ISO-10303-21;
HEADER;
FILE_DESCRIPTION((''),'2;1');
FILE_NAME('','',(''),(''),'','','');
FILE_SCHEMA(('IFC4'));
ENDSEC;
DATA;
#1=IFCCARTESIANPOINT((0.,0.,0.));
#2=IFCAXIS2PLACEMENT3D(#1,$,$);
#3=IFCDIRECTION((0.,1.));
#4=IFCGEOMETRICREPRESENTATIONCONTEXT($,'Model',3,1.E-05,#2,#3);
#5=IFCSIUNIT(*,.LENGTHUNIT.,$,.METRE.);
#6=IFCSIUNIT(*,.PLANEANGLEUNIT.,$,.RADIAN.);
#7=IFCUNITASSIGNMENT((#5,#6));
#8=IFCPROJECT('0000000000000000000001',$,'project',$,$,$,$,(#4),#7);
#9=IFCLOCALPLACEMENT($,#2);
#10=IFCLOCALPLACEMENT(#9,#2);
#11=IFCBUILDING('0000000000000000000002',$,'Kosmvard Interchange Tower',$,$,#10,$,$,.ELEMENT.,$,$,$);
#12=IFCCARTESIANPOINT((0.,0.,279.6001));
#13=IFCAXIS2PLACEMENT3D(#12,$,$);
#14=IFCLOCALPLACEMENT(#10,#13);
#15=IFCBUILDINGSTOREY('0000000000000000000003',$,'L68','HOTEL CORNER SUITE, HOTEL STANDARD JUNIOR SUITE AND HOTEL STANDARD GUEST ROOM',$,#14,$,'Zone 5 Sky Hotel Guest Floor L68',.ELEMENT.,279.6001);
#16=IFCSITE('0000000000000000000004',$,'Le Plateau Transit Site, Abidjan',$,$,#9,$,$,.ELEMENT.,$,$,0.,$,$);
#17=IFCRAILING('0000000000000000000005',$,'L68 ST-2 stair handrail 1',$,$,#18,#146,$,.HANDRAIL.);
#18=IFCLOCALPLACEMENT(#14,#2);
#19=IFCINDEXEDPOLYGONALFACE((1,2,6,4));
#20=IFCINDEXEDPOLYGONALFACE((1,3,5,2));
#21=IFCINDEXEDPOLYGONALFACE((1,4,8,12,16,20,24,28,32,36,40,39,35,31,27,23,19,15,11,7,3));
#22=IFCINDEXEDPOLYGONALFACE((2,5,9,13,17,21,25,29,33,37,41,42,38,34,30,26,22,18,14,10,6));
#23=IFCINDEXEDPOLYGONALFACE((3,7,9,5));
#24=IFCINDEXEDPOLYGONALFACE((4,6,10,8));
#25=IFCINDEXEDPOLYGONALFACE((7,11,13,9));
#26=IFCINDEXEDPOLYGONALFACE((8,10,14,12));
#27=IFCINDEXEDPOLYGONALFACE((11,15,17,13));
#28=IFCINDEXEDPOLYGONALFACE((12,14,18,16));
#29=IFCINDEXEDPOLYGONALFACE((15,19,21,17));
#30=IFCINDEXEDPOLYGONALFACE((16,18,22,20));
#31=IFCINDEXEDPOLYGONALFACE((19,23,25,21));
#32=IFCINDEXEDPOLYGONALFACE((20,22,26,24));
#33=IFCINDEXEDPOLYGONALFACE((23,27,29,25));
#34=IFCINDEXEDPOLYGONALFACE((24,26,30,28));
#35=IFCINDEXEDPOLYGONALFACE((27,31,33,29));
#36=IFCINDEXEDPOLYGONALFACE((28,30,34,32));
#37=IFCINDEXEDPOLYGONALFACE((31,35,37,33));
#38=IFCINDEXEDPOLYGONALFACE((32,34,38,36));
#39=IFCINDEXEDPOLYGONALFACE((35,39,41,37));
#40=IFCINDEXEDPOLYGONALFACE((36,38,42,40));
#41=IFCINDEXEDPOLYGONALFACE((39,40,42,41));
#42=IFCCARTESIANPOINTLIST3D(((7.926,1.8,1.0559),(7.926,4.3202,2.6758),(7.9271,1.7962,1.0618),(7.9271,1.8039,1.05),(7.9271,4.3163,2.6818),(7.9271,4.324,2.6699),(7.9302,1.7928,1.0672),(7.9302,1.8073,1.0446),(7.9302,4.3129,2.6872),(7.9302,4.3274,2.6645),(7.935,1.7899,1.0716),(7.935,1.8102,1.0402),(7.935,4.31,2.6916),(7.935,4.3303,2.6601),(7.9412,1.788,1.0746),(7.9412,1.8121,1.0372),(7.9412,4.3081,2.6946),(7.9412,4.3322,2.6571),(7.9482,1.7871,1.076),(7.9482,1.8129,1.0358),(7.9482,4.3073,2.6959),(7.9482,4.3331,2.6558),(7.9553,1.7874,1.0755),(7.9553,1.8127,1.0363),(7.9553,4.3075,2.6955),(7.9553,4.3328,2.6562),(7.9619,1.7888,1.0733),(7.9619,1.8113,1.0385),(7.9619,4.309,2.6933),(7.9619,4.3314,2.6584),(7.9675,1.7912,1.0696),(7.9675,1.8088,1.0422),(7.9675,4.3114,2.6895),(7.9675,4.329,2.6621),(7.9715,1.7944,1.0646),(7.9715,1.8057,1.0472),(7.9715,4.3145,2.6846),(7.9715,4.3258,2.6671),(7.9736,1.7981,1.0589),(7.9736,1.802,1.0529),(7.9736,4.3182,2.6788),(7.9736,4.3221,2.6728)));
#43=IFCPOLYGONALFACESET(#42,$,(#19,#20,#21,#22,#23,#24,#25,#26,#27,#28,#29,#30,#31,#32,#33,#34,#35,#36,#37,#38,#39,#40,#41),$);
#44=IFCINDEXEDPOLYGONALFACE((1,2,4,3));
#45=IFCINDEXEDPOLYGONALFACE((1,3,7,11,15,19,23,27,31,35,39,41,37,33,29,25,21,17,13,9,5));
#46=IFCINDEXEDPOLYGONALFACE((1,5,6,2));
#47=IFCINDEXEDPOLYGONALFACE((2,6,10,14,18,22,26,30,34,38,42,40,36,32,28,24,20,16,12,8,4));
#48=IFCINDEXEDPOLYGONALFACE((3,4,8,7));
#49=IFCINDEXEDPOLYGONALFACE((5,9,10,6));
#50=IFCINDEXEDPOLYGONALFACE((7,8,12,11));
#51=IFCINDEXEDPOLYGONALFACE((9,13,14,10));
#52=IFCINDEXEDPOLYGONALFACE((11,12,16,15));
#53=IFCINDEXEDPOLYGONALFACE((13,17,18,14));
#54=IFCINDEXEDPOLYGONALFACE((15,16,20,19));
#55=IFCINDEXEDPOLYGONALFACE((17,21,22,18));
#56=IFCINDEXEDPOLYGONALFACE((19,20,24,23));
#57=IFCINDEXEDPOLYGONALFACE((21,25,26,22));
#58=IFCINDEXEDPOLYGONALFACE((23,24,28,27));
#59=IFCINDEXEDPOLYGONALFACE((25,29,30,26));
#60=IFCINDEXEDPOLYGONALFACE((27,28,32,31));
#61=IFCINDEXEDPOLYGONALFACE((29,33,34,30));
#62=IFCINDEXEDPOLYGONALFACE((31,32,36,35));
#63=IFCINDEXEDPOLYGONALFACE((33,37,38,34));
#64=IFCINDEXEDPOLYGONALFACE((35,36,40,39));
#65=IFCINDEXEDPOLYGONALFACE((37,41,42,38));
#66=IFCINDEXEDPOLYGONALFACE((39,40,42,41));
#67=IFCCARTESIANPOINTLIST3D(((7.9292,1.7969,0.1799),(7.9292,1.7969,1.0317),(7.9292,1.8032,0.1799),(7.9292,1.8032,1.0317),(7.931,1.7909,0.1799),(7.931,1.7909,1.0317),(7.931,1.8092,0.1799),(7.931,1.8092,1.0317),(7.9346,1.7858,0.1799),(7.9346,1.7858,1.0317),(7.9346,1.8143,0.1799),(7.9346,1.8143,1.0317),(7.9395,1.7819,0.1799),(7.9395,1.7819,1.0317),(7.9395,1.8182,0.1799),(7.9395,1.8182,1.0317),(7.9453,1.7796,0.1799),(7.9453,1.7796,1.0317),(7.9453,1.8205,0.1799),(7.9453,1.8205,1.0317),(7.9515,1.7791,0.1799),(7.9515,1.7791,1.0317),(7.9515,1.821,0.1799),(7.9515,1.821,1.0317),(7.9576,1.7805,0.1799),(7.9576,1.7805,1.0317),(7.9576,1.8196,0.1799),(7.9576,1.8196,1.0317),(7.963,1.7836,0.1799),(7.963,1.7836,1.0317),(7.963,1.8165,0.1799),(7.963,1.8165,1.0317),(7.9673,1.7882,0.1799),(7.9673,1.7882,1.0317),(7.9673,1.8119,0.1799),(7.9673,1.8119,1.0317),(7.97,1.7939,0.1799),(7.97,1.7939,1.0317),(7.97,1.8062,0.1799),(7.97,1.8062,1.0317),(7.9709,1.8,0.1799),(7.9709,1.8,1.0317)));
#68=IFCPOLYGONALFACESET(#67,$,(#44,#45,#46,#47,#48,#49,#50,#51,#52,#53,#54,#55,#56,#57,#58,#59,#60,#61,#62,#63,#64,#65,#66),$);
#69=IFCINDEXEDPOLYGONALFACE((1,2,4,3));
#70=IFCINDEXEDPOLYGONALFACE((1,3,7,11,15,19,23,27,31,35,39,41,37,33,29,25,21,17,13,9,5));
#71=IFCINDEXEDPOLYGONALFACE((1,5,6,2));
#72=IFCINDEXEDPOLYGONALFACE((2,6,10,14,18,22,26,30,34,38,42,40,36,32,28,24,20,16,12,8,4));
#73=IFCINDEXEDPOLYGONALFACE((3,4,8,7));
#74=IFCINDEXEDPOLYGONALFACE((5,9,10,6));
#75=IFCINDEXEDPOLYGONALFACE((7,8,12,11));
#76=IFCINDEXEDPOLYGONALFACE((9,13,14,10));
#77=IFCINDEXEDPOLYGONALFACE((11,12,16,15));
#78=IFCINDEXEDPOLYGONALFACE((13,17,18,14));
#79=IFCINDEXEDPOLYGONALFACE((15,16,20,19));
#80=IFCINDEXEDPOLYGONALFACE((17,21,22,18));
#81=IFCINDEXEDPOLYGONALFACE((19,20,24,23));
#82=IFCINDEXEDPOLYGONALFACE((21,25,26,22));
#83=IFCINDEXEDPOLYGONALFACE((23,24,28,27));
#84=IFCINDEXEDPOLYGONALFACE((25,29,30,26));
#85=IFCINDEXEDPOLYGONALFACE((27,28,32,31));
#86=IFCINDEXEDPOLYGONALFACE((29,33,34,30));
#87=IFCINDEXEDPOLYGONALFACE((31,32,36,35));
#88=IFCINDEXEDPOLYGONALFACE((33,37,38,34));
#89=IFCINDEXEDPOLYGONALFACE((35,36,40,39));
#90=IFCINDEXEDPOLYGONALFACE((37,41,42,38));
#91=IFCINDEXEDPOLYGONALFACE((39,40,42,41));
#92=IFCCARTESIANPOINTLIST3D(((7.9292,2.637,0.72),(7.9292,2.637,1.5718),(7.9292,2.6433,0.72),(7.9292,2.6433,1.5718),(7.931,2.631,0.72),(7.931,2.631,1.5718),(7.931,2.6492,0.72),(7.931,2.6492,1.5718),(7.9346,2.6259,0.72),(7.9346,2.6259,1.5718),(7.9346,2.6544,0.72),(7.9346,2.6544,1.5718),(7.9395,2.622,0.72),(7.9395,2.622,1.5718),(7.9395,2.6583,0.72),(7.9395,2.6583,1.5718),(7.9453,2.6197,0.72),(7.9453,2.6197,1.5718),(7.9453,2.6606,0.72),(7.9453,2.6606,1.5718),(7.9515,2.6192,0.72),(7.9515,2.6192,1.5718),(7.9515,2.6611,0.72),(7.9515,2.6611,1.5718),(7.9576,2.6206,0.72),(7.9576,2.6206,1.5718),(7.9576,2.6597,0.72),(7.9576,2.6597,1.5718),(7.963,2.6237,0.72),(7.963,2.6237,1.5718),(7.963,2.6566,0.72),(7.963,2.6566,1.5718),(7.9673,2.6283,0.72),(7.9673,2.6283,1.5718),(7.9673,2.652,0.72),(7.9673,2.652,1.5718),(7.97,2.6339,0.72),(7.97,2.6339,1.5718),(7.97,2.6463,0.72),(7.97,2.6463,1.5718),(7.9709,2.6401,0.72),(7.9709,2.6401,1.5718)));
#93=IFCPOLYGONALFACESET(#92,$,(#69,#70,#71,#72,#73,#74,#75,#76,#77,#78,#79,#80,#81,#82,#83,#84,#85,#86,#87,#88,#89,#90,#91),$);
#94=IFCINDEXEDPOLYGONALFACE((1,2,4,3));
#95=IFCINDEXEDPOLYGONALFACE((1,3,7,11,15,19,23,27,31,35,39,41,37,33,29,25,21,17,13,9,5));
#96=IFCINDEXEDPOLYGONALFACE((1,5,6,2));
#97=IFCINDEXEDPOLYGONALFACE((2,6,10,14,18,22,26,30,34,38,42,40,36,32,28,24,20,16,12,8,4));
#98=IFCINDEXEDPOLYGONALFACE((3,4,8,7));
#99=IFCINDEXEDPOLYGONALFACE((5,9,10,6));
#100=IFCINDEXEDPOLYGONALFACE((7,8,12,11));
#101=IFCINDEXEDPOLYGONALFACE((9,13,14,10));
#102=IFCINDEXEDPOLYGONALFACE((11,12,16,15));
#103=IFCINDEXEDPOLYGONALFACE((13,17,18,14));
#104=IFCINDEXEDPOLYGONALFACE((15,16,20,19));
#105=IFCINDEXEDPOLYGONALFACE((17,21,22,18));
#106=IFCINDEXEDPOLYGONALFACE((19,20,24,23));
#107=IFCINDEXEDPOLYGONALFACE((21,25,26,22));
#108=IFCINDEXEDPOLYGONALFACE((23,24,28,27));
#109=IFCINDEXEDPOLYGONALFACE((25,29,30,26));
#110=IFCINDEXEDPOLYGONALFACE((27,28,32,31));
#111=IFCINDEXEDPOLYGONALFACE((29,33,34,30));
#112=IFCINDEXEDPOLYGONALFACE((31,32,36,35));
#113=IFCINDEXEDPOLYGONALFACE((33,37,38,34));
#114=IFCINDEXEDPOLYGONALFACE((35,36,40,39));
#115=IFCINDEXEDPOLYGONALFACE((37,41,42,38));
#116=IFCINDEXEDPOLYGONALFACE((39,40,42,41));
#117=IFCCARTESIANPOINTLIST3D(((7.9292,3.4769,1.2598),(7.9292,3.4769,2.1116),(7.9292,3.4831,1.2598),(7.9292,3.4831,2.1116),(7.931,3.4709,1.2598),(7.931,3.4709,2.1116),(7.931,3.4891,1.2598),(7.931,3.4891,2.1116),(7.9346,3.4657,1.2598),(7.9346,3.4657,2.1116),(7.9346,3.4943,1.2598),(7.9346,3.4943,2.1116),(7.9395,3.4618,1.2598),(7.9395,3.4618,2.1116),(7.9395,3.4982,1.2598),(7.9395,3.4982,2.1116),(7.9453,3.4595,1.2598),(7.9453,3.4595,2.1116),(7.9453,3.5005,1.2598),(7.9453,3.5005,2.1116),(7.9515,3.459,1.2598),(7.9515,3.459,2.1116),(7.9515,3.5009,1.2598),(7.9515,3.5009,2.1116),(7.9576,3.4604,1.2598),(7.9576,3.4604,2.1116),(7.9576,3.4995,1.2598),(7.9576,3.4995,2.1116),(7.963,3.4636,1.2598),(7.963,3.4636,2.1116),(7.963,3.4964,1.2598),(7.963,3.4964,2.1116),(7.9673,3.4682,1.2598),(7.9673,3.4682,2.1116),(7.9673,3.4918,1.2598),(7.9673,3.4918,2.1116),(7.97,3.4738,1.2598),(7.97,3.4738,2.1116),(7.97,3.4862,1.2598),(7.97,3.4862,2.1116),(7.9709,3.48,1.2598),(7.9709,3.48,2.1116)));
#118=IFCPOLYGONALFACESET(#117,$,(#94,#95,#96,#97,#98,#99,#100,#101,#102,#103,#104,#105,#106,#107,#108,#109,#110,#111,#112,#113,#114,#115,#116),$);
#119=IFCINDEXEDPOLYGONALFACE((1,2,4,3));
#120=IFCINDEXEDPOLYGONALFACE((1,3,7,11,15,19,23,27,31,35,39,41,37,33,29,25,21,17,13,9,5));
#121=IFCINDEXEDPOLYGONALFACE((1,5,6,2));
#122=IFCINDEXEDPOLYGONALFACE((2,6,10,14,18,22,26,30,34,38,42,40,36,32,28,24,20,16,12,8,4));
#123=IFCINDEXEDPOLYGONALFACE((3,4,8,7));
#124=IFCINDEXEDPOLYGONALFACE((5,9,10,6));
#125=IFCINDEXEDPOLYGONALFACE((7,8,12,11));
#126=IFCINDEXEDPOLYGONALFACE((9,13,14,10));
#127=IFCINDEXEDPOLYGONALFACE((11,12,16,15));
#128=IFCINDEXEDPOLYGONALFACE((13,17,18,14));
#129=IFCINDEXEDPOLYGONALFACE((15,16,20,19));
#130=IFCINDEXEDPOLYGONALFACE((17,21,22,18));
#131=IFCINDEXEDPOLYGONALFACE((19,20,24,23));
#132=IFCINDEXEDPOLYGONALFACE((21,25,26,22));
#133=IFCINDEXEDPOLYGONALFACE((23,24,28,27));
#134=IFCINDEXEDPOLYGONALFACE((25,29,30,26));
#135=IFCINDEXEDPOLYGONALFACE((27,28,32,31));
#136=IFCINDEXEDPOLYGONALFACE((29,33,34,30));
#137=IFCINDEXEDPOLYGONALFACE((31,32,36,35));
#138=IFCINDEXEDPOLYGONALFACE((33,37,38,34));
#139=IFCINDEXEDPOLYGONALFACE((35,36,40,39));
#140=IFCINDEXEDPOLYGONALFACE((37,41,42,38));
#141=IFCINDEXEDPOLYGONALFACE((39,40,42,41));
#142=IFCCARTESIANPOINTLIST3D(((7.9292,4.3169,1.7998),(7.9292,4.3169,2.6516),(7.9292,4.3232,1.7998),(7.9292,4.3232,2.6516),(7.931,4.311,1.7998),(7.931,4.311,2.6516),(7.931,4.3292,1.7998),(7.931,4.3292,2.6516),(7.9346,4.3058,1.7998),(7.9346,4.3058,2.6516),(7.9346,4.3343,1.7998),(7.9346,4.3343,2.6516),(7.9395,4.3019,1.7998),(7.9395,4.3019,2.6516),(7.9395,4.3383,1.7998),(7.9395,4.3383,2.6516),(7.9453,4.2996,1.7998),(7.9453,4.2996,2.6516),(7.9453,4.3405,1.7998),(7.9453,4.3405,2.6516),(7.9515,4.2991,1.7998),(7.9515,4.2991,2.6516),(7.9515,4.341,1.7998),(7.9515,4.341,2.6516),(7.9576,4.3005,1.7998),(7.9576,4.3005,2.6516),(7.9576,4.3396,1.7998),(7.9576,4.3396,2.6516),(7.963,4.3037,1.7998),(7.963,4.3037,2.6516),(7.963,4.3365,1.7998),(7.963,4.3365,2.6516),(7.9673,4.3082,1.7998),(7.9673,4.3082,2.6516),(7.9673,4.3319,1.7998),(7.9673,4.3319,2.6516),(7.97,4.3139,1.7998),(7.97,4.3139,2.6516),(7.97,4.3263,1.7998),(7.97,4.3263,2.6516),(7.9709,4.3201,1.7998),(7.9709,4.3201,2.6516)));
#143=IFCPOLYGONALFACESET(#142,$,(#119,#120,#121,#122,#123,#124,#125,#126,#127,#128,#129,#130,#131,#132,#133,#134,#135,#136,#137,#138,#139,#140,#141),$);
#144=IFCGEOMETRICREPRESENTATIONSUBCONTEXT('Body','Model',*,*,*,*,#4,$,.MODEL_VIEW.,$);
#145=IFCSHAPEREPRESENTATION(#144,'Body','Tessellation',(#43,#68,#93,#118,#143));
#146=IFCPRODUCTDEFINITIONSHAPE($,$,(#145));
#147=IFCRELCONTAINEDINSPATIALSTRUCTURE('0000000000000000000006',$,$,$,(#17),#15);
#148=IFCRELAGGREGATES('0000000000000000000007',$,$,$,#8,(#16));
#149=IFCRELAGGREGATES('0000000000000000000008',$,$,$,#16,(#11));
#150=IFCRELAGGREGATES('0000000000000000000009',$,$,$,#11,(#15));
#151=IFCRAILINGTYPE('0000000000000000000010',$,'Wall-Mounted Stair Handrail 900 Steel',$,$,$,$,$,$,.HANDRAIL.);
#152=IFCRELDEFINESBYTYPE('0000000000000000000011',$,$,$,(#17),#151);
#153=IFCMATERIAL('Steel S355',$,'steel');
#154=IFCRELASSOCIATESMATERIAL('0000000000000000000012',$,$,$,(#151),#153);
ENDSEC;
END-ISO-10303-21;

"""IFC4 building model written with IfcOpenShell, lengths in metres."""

from ifc_helpers import new_model, si_unit, direction, frame, origin, origin_2d, place, context, subcontext, project, spatial, circle, extrude, source, transform, mapped, material, type_object, element, save


model = new_model("IFC4")

# Units and contexts
model_context = context("Model", 3, precision=1e-05, world=origin(), true_north=direction((0.0, 1.0)))
body_context = subcontext(model_context, "Body", "Model", "MODEL_VIEW")
ifc_project = project(units=[si_unit("LENGTHUNIT", "METRE"), si_unit("PLANEANGLEUNIT", "RADIAN")], contexts=[model_context])

# Site, building, storey
site_placement = place(None, origin())
site = spatial("IfcSite", under=ifc_project, at=site_placement, Name="Le Plateau Transit Site, Abidjan", CompositionType="ELEMENT", RefElevation=0.0)
building_placement = place(site_placement, origin())
building = spatial("IfcBuilding", under=site, at=building_placement, Name="Kosmvard Interchange Tower", CompositionType="ELEMENT")
storey_placement = place(building_placement, frame((0.0, 0.0, 279.6001)))
storey = spatial("IfcBuildingStorey", under=building, at=storey_placement, Name="L68", Description="HOTEL CORNER SUITE, HOTEL STANDARD JUNIOR SUITE AND HOTEL STANDARD GUEST ROOM", LongName="Zone 5 Sky Hotel Guest Floor L68", CompositionType="ELEMENT", Elevation=279.6001)

# Shared definitions
ifc_material_1 = material(Name="Steel S355", Category="steel")

# Railing
railing_type_1 = type_object("IfcRailingType", Name="Wall-Mounted Stair Handrail 900 Steel", PredefinedType="HANDRAIL", material=ifc_material_1)
shared_shape_1 = source(origin(), body_context, "Body", "SweptSolid", [
    extrude(circle(Radius=0.0239, at=origin_2d()), frame((0.0, 0.0, 0.876), z_axis=(0.0, 0.8412, 0.540725), x_axis=(-1.0, 0.0, 0.0)), (0.0, 0.0, 1.0), 2.9958),
    extrude(circle(Radius=0.021, at=origin_2d()), origin(), (0.0, 0.0, 1.0), 0.8518),
    extrude(circle(Radius=0.021, at=origin_2d()), frame((0.0, 0.8401, 0.54)), (0.0, 0.0, 1.0), 0.8518),
    extrude(circle(Radius=0.021, at=origin_2d()), frame((0.0, 1.6799, 1.0798)), (0.0, 0.0, 1.0), 0.8518),
    extrude(circle(Radius=0.021, at=origin_2d()), frame((0.0, 2.52, 1.6199)), (0.0, 0.0, 1.0), 0.8518),
])
railing_1_placement = place(storey_placement, frame((7.95, 1.8, 0.1799)))
element("IfcRailing", 1, at=railing_1_placement, inside=storey, type_object=railing_type_1, Name="L68 ST-2 stair handrail 1", PredefinedType="HANDRAIL", context=body_context, shape_type="MappedRepresentation", body=[
    mapped(shared_shape_1, transform((0.0, 0.0, 0.0), scale=1.0)),
])

save(model, "model.ifc")
